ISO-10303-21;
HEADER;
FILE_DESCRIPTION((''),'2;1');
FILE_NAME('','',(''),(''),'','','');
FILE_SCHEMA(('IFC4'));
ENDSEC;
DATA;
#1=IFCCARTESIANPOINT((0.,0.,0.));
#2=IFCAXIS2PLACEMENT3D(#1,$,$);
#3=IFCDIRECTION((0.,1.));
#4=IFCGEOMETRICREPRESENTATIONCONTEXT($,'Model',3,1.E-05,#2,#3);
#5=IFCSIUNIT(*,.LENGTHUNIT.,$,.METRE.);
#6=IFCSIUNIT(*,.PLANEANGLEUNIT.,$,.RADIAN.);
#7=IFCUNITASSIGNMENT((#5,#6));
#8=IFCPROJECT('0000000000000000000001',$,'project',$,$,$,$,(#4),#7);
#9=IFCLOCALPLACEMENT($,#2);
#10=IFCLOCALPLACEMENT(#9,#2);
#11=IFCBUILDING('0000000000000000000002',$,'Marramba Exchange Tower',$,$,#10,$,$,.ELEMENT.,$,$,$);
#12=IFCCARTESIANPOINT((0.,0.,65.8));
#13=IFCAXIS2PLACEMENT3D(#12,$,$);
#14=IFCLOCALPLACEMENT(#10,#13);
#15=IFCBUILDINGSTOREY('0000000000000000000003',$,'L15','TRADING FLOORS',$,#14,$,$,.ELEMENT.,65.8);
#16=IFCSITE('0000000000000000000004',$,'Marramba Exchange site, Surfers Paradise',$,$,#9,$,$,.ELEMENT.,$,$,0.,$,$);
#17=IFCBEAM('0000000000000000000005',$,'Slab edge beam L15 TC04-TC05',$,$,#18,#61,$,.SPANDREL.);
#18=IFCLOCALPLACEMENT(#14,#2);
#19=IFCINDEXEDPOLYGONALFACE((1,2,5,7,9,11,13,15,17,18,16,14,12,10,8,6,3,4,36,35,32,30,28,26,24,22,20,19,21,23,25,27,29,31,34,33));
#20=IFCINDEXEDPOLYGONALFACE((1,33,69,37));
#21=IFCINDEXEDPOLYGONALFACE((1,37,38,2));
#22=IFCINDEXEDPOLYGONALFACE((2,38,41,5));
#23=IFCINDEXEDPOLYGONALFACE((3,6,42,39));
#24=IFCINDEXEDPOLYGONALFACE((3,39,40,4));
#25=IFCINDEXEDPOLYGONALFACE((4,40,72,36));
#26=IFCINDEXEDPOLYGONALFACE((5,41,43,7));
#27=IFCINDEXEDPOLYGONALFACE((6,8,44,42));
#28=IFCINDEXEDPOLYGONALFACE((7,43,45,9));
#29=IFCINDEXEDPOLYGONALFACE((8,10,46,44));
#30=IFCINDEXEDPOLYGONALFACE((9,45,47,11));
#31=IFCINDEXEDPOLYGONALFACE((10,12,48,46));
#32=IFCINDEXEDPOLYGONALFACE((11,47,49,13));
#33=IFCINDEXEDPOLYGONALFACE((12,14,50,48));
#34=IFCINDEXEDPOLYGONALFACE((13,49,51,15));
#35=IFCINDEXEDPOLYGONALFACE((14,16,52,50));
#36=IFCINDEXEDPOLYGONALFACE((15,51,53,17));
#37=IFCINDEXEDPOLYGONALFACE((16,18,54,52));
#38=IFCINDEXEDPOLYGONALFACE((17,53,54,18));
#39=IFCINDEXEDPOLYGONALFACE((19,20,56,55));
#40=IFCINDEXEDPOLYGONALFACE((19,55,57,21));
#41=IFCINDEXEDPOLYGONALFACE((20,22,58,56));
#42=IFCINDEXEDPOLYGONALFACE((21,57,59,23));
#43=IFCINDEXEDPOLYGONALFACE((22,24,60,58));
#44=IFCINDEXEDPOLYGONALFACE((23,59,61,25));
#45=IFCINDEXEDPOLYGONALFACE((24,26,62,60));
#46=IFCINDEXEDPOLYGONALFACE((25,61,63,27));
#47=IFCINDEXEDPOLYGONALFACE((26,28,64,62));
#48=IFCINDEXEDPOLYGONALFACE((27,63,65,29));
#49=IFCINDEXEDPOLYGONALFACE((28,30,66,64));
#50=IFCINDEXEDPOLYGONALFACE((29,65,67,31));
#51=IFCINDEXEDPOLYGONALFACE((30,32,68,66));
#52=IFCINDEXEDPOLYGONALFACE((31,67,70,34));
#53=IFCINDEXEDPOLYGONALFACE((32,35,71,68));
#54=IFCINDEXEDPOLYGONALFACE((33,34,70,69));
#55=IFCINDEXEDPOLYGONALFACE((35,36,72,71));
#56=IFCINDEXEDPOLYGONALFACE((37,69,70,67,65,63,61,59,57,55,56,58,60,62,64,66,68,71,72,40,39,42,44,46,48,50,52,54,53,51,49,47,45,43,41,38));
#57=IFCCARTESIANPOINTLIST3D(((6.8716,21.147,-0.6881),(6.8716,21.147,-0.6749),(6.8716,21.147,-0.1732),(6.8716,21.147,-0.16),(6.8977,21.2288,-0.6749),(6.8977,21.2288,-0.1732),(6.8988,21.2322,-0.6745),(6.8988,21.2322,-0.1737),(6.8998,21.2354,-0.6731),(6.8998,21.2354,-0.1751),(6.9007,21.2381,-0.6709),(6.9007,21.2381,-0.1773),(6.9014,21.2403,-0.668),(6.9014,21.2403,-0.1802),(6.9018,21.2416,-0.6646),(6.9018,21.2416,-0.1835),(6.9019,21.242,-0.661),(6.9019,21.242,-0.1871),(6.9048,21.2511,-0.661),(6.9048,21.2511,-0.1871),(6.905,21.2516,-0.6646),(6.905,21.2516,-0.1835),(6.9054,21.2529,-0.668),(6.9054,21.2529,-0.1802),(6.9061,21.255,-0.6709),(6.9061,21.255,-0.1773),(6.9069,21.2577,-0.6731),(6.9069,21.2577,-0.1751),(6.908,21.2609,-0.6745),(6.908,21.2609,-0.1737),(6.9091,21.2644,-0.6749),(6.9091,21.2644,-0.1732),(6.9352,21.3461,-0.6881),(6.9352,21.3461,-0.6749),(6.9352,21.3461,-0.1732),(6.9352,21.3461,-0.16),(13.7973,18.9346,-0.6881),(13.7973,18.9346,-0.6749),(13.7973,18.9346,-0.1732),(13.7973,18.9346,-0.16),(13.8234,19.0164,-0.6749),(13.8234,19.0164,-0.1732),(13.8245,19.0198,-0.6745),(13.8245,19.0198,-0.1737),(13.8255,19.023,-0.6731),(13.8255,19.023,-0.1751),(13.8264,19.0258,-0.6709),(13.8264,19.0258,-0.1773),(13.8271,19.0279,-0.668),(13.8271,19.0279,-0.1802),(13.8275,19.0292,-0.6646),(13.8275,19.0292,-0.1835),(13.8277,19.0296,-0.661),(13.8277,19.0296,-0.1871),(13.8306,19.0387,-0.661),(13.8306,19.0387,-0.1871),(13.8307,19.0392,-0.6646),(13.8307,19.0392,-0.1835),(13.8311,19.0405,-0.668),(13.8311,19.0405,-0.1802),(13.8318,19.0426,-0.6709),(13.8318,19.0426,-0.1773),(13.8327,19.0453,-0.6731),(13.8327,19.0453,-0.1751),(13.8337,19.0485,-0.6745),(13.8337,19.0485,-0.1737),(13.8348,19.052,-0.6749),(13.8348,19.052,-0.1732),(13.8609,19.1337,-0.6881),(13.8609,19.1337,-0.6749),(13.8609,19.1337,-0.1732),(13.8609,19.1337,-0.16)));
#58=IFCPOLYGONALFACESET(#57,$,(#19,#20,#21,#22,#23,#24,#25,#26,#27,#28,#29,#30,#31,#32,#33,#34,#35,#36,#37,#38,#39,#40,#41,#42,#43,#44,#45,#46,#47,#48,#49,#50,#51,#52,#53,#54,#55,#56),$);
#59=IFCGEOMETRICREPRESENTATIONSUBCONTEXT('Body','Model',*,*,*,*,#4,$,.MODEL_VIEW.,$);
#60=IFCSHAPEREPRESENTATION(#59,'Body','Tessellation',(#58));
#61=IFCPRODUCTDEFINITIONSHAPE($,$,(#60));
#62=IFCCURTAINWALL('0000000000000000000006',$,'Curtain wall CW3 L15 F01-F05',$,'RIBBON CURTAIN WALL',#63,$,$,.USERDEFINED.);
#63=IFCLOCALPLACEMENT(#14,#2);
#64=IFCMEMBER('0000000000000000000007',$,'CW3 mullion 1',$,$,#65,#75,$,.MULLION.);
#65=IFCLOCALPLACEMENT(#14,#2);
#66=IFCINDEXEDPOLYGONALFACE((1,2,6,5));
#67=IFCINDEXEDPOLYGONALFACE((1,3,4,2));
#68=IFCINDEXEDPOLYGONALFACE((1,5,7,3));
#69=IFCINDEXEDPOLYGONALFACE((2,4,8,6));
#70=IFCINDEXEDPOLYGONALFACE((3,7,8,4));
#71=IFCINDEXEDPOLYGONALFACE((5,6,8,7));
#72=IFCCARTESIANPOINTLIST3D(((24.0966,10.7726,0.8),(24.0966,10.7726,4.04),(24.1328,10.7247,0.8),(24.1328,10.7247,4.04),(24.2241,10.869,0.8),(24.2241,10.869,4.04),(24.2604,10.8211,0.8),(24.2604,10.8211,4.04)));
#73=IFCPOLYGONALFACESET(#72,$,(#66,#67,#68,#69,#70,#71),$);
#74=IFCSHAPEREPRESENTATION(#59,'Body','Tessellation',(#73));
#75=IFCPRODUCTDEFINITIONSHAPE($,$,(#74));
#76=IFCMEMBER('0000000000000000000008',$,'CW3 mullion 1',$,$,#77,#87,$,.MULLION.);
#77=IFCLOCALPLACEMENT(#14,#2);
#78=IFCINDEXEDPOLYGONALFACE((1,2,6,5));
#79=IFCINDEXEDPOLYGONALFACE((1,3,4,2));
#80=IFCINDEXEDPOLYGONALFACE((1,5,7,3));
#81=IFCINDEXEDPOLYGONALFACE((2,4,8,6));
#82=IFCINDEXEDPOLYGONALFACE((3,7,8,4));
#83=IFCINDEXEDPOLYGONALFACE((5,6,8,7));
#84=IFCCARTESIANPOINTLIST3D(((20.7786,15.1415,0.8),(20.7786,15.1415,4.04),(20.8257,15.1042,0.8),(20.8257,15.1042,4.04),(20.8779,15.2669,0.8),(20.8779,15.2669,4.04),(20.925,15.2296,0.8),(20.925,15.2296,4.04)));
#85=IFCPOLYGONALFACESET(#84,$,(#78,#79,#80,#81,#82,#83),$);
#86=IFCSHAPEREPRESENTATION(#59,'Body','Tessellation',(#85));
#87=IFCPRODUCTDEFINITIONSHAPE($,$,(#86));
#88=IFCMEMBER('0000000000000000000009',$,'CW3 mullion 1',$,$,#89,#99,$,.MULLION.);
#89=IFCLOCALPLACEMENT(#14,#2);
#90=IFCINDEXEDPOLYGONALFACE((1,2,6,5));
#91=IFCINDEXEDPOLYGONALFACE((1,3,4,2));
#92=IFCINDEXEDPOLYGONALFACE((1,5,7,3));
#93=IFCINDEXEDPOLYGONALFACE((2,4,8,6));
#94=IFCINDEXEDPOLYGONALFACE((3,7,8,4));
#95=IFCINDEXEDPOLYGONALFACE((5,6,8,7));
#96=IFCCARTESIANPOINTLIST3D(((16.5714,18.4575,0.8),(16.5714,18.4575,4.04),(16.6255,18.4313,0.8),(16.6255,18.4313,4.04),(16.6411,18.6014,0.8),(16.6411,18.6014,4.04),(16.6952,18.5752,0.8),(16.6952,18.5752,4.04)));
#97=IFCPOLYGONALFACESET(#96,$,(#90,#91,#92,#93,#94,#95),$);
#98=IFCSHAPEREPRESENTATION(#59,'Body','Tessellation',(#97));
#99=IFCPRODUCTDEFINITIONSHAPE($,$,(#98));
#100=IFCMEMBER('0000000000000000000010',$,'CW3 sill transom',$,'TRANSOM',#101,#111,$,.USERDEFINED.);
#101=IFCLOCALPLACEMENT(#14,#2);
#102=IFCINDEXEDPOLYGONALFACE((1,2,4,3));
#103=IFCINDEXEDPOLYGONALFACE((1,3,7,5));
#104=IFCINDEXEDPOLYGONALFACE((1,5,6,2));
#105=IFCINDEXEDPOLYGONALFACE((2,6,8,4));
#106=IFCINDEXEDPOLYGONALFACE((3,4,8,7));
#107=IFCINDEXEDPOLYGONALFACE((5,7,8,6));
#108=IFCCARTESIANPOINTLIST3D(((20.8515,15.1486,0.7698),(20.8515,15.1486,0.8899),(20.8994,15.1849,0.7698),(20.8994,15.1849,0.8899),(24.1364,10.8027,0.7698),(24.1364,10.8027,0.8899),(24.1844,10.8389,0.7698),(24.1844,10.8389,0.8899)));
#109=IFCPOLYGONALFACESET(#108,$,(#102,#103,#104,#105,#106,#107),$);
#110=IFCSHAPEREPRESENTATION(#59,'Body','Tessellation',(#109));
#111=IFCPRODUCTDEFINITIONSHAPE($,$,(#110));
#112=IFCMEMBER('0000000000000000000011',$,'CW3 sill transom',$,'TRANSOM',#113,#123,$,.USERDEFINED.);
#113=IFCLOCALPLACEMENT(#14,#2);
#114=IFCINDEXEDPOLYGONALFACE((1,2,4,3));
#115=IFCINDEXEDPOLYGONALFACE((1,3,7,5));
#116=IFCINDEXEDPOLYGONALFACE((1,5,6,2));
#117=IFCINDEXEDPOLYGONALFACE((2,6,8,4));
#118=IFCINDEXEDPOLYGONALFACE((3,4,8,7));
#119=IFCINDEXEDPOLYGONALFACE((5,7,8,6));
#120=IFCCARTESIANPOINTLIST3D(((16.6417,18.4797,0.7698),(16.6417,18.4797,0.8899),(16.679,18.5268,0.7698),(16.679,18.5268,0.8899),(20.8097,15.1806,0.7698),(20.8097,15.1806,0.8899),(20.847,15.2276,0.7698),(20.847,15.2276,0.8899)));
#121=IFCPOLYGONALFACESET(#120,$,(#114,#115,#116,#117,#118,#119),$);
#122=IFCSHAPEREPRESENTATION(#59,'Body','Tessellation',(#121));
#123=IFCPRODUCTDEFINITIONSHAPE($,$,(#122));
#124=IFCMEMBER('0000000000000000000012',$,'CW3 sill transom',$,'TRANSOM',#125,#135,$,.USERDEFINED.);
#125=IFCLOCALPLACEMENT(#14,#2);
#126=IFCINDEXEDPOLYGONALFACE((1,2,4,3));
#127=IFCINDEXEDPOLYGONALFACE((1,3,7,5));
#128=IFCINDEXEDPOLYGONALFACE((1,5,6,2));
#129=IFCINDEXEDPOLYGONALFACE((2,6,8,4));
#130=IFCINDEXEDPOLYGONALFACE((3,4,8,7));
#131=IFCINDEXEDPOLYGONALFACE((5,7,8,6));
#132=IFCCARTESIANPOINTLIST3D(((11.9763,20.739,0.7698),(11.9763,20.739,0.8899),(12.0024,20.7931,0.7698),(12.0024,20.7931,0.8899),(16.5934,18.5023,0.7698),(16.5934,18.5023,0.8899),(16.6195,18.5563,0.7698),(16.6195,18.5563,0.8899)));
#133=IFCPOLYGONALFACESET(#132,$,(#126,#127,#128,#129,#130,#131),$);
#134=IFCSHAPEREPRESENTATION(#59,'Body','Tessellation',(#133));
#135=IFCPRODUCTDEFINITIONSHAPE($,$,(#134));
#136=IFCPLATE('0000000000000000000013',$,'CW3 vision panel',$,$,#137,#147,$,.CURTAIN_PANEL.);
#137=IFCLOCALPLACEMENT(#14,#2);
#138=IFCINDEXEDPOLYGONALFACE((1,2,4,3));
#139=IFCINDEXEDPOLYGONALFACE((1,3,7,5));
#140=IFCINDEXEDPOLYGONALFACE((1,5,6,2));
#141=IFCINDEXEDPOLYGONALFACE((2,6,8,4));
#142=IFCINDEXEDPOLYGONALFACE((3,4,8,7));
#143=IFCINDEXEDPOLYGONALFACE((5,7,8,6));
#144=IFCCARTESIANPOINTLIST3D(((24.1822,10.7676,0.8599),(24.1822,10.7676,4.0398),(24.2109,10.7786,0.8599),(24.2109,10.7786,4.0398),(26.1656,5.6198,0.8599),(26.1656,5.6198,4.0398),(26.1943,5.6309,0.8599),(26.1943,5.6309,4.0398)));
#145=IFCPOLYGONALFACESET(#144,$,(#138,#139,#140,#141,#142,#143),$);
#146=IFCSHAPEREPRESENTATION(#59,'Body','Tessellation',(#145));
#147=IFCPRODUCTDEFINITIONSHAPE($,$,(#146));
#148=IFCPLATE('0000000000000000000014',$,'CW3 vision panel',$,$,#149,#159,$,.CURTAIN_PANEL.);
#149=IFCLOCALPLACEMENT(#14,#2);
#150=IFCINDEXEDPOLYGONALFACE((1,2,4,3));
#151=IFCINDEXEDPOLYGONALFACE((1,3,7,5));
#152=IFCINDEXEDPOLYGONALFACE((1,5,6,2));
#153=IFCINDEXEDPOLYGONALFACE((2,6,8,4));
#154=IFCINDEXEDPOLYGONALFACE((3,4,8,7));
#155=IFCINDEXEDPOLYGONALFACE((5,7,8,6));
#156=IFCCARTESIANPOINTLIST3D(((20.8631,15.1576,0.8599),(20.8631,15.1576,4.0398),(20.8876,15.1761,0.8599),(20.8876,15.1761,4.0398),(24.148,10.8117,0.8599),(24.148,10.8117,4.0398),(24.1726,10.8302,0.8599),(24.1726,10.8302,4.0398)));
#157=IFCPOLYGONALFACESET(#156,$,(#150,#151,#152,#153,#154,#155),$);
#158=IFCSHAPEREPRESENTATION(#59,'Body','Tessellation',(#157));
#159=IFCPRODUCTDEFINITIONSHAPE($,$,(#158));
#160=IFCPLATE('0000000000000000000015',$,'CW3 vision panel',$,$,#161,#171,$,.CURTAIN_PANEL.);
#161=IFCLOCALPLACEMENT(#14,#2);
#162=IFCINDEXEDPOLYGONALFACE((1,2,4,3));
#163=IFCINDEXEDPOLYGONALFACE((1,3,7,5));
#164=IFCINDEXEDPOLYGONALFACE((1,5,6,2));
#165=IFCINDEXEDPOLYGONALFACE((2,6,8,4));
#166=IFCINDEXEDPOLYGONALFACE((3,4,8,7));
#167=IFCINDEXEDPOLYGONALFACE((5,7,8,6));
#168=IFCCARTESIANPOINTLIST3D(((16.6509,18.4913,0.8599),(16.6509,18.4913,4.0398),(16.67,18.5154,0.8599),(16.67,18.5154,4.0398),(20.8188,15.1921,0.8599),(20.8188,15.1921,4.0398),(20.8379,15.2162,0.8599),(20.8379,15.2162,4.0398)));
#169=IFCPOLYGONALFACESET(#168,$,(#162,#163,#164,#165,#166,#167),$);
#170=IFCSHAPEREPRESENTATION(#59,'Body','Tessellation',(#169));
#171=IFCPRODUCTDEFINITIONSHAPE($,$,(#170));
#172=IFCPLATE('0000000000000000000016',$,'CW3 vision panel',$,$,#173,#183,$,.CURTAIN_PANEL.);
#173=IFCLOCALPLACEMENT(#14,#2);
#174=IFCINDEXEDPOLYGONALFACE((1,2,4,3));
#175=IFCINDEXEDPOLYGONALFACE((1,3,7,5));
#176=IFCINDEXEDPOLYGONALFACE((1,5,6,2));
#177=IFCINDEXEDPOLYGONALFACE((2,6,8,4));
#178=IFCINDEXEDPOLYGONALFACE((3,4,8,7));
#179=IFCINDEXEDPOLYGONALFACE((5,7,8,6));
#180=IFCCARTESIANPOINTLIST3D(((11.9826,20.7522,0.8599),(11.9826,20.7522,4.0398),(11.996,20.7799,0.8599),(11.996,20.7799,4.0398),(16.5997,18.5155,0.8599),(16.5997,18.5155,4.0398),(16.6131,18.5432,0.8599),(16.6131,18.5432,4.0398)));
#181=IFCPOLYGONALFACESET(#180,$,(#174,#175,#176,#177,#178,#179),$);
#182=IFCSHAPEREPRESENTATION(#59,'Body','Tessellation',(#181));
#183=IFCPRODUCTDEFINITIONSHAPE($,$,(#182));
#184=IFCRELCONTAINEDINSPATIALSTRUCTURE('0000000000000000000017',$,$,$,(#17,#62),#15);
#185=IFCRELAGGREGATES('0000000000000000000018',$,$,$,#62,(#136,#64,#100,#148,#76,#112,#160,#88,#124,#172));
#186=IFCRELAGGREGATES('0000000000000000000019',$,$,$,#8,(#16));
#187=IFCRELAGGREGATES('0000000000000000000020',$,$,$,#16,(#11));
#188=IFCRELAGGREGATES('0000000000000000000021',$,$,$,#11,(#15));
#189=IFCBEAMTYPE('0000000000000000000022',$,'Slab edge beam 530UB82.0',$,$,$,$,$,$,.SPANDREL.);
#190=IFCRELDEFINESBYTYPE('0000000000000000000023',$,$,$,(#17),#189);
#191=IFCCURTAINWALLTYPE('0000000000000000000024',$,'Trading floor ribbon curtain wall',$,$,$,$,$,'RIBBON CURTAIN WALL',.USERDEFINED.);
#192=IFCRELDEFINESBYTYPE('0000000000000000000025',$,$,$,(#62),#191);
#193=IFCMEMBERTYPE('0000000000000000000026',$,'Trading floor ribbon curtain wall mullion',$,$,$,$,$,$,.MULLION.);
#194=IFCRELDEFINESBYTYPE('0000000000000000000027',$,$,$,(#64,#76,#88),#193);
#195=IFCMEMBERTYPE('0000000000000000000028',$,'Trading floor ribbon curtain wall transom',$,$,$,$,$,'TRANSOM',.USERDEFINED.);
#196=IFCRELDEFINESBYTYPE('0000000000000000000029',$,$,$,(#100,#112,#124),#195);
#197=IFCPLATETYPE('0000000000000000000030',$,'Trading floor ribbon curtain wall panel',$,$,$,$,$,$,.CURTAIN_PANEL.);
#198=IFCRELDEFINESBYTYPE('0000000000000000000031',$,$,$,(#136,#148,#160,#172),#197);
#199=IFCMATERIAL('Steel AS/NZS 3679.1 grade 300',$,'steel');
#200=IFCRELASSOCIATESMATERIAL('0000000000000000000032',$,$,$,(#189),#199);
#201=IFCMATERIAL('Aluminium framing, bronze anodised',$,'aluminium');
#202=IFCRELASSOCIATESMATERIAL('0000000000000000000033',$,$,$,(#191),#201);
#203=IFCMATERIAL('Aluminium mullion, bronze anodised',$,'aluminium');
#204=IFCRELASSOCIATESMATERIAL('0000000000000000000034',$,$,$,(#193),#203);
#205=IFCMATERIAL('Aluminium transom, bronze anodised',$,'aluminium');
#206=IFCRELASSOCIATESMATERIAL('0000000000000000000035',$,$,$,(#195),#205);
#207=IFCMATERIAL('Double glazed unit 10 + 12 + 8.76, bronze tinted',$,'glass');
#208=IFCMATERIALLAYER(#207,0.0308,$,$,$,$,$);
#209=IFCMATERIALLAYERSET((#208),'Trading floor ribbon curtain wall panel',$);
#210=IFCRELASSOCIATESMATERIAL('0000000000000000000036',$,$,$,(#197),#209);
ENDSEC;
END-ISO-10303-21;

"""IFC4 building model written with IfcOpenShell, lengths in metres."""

from ifc_helpers import new_model, si_unit, direction, frame, origin, origin_2d, place, context, subcontext, project, spatial, rectangle, i_section, extrude, material, layer, layer_set, material_profile, profile_set, type_object, element, aggregate, save


model = new_model("IFC4")

# Units and contexts
model_context = context("Model", 3, precision=1e-05, world=origin(), true_north=direction((0.0, 1.0)))
body_context = subcontext(model_context, "Body", "Model", "MODEL_VIEW")
ifc_project = project(units=[si_unit("LENGTHUNIT", "METRE"), si_unit("PLANEANGLEUNIT", "RADIAN")], contexts=[model_context])

# Site, building, storey
site_placement = place(None, origin())
site = spatial("IfcSite", under=ifc_project, at=site_placement, Name="Marramba Exchange site, Surfers Paradise", CompositionType="ELEMENT", RefElevation=0.0)
building_placement = place(site_placement, origin())
building = spatial("IfcBuilding", under=site, at=building_placement, Name="Marramba Exchange Tower", CompositionType="ELEMENT")
storey_placement = place(building_placement, frame((0.0, 0.0, 65.8)))
storey = spatial("IfcBuildingStorey", under=building, at=storey_placement, Name="L15", Description="TRADING FLOORS", CompositionType="ELEMENT", Elevation=65.8)

# Beam
ifc_material_1 = material(Name="Steel AS/NZS 3679.1 grade 300", Category="steel")
ifc_material_profile_1 = material_profile(ifc_material_1, i_section(OverallWidth=0.209, OverallDepth=0.5281, WebThickness=0.0095, FlangeThickness=0.0132, FilletRadius=0.0139, at=origin_2d()), Name="530UB82.0")
ifc_profile_set_1 = profile_set([ifc_material_profile_1], Name="Steel AS/NZS 3679.1 grade 300")
beam_type_1 = type_object("IfcBeamType", Name="Slab edge beam 530UB82.0", PredefinedType="SPANDREL", material=ifc_profile_set_1)
beam_1_placement = place(storey_placement, frame((13.8291, 19.0342, -0.4241), z_axis=(-0.952578, 0.304296, 0.0), x_axis=(-0.304296, -0.952578, 0.0)))
element("IfcBeam", 1, at=beam_1_placement, inside=storey, type_object=beam_type_1, Name="Slab edge beam L15 TC04-TC05", PredefinedType="SPANDREL", context=body_context, shape_type="SweptSolid", body=[
    extrude(i_section(OverallWidth=0.209, OverallDepth=0.5281, WebThickness=0.0095, FlangeThickness=0.0132, FilletRadius=0.0139, at=origin_2d()), origin(), (0.0, 0.0, 1.0), 7.2705),
])

# Curtain wall, members, plates
ifc_material_2 = material(Name="Aluminium framing, bronze anodised", Category="aluminium")
curtain_wall_type = type_object("IfcCurtainWallType", Name="Trading floor ribbon curtain wall", ElementType="RIBBON CURTAIN WALL", PredefinedType="USERDEFINED", material=ifc_material_2)
curtain_wall_placement = place(storey_placement, origin())
curtain_wall = element("IfcCurtainWall", 2, at=curtain_wall_placement, inside=storey, type_object=curtain_wall_type, Name="Curtain wall CW3 L15 F01-F05", ObjectType="RIBBON CURTAIN WALL", PredefinedType="USERDEFINED")
ifc_material_3 = material(Name="Aluminium mullion, bronze anodised", Category="aluminium")
ifc_material_profile_2 = material_profile(ifc_material_3, rectangle(XDim=0.1599, YDim=0.0601, at=origin_2d()), Name="CW3 mullion 60x160")
ifc_profile_set_2 = profile_set([ifc_material_profile_2], Name="Aluminium mullion, bronze anodised")
member_type_1 = type_object("IfcMemberType", Name="Trading floor ribbon curtain wall mullion", PredefinedType="MULLION", material=ifc_profile_set_2)
member_1_placement = place(storey_placement, frame((24.1785, 10.7969, 0.8), z_axis=(0.0, 0.0, 1.0), x_axis=(-0.797749, -0.60299, 0.0)))
member_1 = element("IfcMember", 3, at=member_1_placement, type_object=member_type_1, Name="CW3 mullion 1", PredefinedType="MULLION", context=body_context, shape_type="SweptSolid", body=[
    extrude(rectangle(XDim=0.1599, YDim=0.0601, at=origin_2d()), origin(), (0.0, 0.0, 1.0), 3.24),
])
member_2_placement = place(storey_placement, frame((20.8518, 15.1855, 0.8), z_axis=(0.0, 0.0, 1.0), x_axis=(-0.62065, -0.784088, 0.0)))
member_2 = element("IfcMember", 4, at=member_2_placement, type_object=member_type_1, Name="CW3 mullion 1", PredefinedType="MULLION", context=body_context, shape_type="SweptSolid", body=[
    extrude(rectangle(XDim=0.1599, YDim=0.0601, at=origin_2d()), origin(), (0.0, 0.0, 1.0), 3.24),
])
member_3_placement = place(storey_placement, frame((16.6333, 18.5164, 0.8), z_axis=(0.0, 0.0, 1.0), x_axis=(-0.435965, -0.899963, 0.0)))
member_3 = element("IfcMember", 5, at=member_3_placement, type_object=member_type_1, Name="CW3 mullion 1", PredefinedType="MULLION", context=body_context, shape_type="SweptSolid", body=[
    extrude(rectangle(XDim=0.1599, YDim=0.0601, at=origin_2d()), origin(), (0.0, 0.0, 1.0), 3.24),
])
ifc_material_4 = material(Name="Aluminium transom, bronze anodised", Category="aluminium")
ifc_material_profile_3 = material_profile(ifc_material_4, rectangle(XDim=0.0601, YDim=0.1201, at=origin_2d()), Name="CW3 transom 60x120")
ifc_profile_set_3 = profile_set([ifc_material_profile_3], Name="Aluminium transom, bronze anodised")
member_type_2 = type_object("IfcMemberType", Name="Trading floor ribbon curtain wall transom", ElementType="TRANSOM", PredefinedType="USERDEFINED", material=ifc_profile_set_3)
member_4_placement = place(storey_placement, frame((24.1604, 10.8208, 0.8298), z_axis=(-0.602986, 0.797752, 0.0), x_axis=(-0.797752, -0.602986, 0.0)))
member_4 = element("IfcMember", 6, at=member_4_placement, type_object=member_type_2, Name="CW3 sill transom", ObjectType="TRANSOM", PredefinedType="USERDEFINED", context=body_context, shape_type="SweptSolid", body=[
    extrude(rectangle(XDim=0.0601, YDim=0.1201, at=origin_2d()), origin(), (0.0, 0.0, 1.0), 5.4478),
])
member_5_placement = place(storey_placement, frame((20.8284, 15.2041, 0.8298), z_axis=(-0.784098, 0.620637, 0.0), x_axis=(-0.620637, -0.784098, 0.0)))
member_5 = element("IfcMember", 7, at=member_5_placement, type_object=member_type_2, Name="CW3 sill transom", ObjectType="TRANSOM", PredefinedType="USERDEFINED", context=body_context, shape_type="SweptSolid", body=[
    extrude(rectangle(XDim=0.0601, YDim=0.1201, at=origin_2d()), origin(), (0.0, 0.0, 1.0), 5.3157),
])
member_6_placement = place(storey_placement, frame((16.6064, 18.5293, 0.8298), z_axis=(-0.899953, 0.435986, 0.0), x_axis=(-0.435986, -0.899953, 0.0)))
member_6 = element("IfcMember", 8, at=member_6_placement, type_object=member_type_2, Name="CW3 sill transom", ObjectType="TRANSOM", PredefinedType="USERDEFINED", context=body_context, shape_type="SweptSolid", body=[
    extrude(rectangle(XDim=0.0601, YDim=0.1201, at=origin_2d()), origin(), (0.0, 0.0, 1.0), 5.1304),
])
ifc_material_5 = material(Name="Double glazed unit 10 + 12 + 8.76, bronze tinted", Category="glass")
ifc_layer_1 = layer(ifc_material_5, 0.0308)
ifc_layer_set_1 = layer_set([ifc_layer_1], Name="Trading floor ribbon curtain wall panel")
plate_type = type_object("IfcPlateType", Name="Trading floor ribbon curtain wall panel", PredefinedType="CURTAIN_PANEL", material=ifc_layer_set_1)
plate_1_placement = place(storey_placement, frame((25.1882, 8.1992, 0.8599), z_axis=(0.0, 0.0, 1.0), x_axis=(-0.359526, 0.933135, 0.0)))
plate_1 = element("IfcPlate", 9, at=plate_1_placement, type_object=plate_type, Name="CW3 vision panel", PredefinedType="CURTAIN_PANEL", context=body_context, shape_type="SweptSolid", body=[
    extrude(rectangle(XDim=5.5166, YDim=0.0308, at=origin_2d()), origin(), (0.0, 0.0, 1.0), 3.1799),
])
plate_2_placement = place(storey_placement, frame((22.5178, 12.9939, 0.8599), z_axis=(0.0, 0.0, 1.0), x_axis=(-0.60299, 0.797749, 0.0)))
plate_2 = element("IfcPlate", 10, at=plate_2_placement, type_object=plate_type, Name="CW3 vision panel", PredefinedType="CURTAIN_PANEL", context=body_context, shape_type="SweptSolid", body=[
    extrude(rectangle(XDim=5.4478, YDim=0.0308, at=origin_2d()), origin(), (0.0, 0.0, 1.0), 3.1799),
])
plate_3_placement = place(storey_placement, frame((18.7444, 16.8538, 0.8599), z_axis=(0.0, 0.0, 1.0), x_axis=(-0.784088, 0.62065, 0.0)))
plate_3 = element("IfcPlate", 11, at=plate_3_placement, type_object=plate_type, Name="CW3 vision panel", PredefinedType="CURTAIN_PANEL", context=body_context, shape_type="SweptSolid", body=[
    extrude(rectangle(XDim=5.3157, YDim=0.0308, at=origin_2d()), origin(), (0.0, 0.0, 1.0), 3.1799),
])
plate_4_placement = place(storey_placement, frame((14.2979, 19.6477, 0.8599), z_axis=(0.0, 0.0, 1.0), x_axis=(-0.899963, 0.435965, 0.0)))
plate_4 = element("IfcPlate", 12, at=plate_4_placement, type_object=plate_type, Name="CW3 vision panel", PredefinedType="CURTAIN_PANEL", context=body_context, shape_type="SweptSolid", body=[
    extrude(rectangle(XDim=5.1304, YDim=0.0308, at=origin_2d()), origin(), (0.0, 0.0, 1.0), 3.1799),
])
aggregate(curtain_wall, [plate_1, member_1, member_4, plate_2, member_2, member_5, plate_3, member_3, member_6, plate_4])

save(model, "model.ifc")
